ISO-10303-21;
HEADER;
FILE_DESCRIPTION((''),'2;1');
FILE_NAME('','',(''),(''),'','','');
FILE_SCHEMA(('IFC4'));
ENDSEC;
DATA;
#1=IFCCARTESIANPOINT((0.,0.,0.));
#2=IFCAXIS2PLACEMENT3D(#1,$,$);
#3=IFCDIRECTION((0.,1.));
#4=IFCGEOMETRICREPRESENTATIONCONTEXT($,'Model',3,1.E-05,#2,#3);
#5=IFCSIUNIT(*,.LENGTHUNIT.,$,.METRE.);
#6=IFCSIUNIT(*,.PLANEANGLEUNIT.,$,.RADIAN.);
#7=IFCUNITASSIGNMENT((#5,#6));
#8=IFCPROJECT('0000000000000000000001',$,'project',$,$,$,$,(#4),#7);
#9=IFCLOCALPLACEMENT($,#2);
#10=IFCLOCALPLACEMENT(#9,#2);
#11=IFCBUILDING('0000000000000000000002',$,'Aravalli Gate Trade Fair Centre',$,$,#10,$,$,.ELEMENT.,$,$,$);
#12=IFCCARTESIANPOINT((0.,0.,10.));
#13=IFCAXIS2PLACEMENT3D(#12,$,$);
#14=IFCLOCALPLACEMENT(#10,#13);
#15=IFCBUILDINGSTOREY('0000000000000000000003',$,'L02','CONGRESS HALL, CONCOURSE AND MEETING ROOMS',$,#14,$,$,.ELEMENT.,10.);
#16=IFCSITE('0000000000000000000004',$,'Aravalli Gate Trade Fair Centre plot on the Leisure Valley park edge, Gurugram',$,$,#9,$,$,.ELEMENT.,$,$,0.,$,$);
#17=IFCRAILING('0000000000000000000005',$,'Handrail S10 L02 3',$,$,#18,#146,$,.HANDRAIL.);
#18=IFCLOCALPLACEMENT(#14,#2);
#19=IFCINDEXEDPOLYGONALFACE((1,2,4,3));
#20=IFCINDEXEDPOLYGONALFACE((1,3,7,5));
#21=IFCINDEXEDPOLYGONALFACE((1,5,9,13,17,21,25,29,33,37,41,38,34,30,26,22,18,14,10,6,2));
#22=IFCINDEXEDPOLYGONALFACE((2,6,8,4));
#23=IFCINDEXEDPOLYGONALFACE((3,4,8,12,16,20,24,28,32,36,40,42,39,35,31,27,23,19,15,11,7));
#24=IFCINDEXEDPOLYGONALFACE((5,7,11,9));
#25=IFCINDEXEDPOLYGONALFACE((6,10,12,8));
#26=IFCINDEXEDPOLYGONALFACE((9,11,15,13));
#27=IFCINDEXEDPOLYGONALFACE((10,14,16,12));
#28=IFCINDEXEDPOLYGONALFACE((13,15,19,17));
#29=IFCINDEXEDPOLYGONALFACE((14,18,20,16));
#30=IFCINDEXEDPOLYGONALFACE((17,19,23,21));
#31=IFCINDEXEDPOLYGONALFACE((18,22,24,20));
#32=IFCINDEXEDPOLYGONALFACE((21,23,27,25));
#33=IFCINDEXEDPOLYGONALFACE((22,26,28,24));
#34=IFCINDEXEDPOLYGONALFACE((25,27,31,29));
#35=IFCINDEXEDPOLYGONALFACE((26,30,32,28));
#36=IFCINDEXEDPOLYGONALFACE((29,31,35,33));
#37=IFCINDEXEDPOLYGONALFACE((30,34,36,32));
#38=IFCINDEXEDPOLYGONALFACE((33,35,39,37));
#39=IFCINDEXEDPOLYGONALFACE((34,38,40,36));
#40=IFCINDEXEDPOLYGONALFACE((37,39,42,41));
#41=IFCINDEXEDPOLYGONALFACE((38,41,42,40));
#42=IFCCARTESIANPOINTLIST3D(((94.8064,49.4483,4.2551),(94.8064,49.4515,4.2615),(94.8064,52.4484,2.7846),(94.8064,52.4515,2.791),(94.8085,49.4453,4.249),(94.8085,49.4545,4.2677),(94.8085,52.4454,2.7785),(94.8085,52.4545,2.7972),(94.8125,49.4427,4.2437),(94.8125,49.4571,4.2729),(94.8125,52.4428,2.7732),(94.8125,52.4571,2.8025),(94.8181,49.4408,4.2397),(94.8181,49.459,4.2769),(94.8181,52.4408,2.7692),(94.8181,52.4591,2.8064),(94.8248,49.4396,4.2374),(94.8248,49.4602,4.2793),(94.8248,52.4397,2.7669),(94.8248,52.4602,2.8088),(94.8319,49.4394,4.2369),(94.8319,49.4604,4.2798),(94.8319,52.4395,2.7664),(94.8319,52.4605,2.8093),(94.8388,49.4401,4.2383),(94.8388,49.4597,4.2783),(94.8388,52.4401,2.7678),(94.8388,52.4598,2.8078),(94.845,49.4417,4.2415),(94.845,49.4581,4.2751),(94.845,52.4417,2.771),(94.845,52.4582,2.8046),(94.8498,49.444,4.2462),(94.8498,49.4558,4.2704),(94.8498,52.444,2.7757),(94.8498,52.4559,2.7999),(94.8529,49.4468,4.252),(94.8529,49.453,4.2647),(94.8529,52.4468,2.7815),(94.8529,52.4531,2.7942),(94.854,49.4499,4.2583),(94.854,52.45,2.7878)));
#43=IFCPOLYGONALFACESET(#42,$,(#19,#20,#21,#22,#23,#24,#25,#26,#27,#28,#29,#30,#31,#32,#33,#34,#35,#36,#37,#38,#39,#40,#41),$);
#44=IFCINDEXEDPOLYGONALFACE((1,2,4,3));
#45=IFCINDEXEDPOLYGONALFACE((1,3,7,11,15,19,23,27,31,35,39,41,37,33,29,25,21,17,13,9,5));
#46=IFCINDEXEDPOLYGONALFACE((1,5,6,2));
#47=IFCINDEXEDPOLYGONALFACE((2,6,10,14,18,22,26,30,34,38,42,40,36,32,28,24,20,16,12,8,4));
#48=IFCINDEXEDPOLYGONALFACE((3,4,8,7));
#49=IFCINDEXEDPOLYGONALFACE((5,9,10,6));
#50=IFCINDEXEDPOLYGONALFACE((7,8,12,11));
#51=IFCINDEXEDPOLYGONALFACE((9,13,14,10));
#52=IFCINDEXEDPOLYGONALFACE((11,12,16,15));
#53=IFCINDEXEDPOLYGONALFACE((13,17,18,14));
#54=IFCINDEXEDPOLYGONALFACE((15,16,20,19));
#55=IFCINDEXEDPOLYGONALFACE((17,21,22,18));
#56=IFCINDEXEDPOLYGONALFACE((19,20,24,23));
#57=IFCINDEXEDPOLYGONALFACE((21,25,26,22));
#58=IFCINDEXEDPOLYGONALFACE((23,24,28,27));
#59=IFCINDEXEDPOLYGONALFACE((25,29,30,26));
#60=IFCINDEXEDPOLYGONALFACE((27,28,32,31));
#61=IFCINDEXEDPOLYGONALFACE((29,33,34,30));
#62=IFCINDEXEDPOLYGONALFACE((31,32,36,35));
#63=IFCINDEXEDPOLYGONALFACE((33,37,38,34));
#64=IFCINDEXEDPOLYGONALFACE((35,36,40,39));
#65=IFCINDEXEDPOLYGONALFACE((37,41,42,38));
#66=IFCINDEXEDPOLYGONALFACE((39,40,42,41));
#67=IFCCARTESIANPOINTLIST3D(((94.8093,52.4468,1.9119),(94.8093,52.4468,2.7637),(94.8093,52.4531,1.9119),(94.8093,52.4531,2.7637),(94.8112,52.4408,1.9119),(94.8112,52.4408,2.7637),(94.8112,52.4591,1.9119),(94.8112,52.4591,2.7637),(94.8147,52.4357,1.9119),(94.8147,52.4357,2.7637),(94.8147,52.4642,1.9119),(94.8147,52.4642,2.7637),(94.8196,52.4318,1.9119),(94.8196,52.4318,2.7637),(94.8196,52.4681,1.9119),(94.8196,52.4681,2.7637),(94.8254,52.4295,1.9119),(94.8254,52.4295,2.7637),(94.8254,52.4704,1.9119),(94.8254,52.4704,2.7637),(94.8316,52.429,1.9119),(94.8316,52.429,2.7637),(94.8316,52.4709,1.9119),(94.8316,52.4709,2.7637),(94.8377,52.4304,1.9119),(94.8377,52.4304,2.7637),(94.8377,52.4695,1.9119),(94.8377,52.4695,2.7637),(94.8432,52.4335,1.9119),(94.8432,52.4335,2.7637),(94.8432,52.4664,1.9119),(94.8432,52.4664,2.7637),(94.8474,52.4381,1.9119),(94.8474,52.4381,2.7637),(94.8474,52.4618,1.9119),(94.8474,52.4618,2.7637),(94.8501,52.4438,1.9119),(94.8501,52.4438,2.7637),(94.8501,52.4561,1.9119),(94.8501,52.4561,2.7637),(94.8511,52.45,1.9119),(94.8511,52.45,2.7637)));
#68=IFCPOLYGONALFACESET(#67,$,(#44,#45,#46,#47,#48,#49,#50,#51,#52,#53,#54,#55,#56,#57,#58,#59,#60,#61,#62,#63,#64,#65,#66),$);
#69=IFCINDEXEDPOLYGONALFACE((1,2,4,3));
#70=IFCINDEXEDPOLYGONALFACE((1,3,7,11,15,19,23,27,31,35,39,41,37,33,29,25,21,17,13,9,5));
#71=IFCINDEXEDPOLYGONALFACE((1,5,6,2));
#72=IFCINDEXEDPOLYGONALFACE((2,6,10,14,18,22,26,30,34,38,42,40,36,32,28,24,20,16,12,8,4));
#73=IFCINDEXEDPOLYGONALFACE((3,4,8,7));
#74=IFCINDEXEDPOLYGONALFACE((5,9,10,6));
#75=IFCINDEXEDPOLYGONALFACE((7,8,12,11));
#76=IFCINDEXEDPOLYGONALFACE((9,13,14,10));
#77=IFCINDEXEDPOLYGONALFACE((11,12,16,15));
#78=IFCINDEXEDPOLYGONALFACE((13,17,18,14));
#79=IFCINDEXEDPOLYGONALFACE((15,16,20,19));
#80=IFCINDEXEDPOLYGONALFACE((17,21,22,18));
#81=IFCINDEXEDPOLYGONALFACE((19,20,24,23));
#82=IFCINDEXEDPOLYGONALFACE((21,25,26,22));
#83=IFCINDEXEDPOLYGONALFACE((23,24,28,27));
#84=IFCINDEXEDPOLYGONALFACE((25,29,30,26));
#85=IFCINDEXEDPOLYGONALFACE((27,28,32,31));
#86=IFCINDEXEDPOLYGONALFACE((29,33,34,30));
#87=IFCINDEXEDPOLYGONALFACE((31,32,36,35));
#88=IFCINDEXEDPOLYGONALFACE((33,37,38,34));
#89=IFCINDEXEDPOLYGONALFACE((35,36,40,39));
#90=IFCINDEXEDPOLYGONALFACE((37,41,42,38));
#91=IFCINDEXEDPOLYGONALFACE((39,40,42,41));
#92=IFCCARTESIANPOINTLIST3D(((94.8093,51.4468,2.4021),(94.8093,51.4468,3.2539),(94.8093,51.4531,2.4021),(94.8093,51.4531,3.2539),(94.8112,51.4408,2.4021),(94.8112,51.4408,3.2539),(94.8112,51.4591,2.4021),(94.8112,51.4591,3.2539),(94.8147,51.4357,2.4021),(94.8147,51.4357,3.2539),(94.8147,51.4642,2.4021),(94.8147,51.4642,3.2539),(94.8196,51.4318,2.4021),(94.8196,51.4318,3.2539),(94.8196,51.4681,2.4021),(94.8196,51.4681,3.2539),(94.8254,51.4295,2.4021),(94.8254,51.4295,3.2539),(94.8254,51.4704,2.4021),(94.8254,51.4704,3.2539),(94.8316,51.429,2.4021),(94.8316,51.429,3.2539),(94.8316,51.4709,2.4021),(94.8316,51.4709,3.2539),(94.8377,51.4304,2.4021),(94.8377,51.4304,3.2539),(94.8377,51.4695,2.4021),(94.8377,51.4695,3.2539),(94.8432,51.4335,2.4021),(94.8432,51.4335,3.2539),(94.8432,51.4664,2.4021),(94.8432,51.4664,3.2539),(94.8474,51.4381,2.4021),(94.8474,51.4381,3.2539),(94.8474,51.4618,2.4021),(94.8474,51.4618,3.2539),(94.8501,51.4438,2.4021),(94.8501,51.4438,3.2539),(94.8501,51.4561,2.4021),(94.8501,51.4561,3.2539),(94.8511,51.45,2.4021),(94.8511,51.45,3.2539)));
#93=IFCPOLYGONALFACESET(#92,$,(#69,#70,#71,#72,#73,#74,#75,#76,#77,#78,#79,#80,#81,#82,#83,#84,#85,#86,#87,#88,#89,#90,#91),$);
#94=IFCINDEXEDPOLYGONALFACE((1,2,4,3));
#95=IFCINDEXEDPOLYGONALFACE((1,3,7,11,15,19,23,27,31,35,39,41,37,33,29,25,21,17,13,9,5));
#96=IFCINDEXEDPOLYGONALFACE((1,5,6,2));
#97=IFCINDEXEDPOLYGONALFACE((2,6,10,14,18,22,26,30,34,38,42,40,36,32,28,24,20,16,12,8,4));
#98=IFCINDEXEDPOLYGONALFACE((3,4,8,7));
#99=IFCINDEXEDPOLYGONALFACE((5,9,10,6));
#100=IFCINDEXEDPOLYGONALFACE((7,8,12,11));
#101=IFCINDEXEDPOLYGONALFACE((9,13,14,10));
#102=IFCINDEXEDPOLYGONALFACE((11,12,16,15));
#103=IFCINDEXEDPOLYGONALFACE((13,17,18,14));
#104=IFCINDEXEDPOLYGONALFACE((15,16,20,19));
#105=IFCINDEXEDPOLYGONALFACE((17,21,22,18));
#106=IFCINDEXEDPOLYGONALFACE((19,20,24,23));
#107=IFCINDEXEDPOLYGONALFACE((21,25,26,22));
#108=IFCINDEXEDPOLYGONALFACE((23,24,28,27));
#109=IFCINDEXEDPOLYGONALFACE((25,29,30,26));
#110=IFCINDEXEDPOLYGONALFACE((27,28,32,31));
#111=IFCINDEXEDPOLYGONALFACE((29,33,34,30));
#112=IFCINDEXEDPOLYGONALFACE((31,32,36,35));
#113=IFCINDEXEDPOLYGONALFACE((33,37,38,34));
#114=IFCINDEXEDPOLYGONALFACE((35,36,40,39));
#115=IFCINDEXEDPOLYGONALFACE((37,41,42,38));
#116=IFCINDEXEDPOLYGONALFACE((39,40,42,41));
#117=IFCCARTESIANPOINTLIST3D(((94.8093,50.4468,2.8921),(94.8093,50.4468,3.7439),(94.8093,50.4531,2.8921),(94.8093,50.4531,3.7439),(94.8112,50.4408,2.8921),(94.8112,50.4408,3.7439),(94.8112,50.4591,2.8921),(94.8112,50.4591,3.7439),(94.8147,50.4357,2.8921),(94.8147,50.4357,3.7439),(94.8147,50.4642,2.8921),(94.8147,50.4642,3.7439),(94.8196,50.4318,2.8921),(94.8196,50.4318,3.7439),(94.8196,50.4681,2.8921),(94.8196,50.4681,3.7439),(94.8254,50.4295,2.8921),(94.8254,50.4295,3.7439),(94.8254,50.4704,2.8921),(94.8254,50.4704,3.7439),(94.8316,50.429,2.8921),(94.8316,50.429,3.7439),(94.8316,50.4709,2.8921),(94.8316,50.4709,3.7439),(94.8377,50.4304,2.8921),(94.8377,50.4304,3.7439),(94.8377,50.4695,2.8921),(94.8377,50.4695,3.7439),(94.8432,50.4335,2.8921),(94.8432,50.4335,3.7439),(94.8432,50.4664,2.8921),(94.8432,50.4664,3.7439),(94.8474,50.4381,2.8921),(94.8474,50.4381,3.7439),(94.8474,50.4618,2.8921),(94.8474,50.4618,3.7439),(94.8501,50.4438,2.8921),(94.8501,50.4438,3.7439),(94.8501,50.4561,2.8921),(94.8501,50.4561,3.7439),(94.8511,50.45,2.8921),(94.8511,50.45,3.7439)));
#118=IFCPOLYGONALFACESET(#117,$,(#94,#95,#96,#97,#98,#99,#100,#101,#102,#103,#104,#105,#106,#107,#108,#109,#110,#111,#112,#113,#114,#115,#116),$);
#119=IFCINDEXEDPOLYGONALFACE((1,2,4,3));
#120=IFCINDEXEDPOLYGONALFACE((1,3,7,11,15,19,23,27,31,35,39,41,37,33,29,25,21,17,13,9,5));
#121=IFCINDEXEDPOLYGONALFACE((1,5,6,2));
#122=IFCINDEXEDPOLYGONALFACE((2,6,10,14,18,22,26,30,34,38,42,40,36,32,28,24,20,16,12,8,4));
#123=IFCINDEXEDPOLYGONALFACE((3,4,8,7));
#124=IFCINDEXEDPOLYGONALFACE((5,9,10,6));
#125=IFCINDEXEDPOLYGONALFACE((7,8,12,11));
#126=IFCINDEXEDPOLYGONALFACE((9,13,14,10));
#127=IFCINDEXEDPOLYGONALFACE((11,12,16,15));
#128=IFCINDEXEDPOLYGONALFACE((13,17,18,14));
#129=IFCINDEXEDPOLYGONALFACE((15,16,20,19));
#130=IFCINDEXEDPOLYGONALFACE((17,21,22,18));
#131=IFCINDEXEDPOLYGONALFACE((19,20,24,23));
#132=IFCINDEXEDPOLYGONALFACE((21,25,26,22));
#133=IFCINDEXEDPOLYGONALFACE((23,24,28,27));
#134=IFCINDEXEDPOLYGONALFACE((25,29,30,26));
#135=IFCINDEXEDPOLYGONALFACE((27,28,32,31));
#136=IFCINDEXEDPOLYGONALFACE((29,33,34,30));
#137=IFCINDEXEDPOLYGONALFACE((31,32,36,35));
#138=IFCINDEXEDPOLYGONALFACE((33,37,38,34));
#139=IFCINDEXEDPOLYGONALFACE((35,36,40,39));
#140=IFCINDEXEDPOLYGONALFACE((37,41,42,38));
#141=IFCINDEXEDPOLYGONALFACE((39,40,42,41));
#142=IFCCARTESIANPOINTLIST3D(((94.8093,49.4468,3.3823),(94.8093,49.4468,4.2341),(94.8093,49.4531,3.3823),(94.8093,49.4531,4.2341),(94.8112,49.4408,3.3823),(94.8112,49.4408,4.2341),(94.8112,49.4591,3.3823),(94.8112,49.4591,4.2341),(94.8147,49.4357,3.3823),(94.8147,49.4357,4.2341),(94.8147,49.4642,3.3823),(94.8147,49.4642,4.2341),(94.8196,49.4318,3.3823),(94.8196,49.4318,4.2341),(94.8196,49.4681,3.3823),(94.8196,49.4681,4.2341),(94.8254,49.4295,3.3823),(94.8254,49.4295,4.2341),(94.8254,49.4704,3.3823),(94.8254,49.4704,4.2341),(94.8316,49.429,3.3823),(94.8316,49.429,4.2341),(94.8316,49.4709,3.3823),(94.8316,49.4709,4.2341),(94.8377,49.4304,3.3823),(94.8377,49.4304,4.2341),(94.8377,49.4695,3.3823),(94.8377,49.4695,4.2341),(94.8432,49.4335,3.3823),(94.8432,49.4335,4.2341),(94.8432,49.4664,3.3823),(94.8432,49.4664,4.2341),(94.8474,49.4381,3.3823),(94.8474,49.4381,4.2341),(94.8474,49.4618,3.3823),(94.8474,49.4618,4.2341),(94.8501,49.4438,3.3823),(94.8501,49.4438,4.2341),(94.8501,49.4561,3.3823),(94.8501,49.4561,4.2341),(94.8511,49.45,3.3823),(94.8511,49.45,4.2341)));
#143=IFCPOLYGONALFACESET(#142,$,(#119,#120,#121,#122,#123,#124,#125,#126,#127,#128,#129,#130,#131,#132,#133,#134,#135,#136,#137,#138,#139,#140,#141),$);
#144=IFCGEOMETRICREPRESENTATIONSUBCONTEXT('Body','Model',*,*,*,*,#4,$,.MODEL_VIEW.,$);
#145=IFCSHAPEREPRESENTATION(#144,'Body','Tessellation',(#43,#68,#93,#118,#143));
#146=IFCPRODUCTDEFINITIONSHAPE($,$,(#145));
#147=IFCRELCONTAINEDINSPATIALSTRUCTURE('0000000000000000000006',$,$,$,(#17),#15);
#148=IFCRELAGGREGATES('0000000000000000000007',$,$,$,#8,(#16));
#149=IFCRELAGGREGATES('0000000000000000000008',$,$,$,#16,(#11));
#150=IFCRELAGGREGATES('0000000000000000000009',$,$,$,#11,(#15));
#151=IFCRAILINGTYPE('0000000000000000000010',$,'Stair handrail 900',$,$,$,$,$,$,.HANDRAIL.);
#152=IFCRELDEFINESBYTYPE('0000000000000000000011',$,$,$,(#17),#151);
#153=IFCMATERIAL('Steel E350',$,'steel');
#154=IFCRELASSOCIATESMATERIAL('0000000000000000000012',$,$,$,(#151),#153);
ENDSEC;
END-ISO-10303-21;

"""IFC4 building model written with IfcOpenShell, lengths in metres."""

from ifc_helpers import new_model, si_unit, direction, frame, origin, origin_2d, place, context, subcontext, project, spatial, circle, extrude, material, type_object, element, save


model = new_model("IFC4")

# Units and contexts
model_context = context("Model", 3, precision=1e-05, world=origin(), true_north=direction((0.0, 1.0)))
body_context = subcontext(model_context, "Body", "Model", "MODEL_VIEW")
ifc_project = project(units=[si_unit("LENGTHUNIT", "METRE"), si_unit("PLANEANGLEUNIT", "RADIAN")], contexts=[model_context])

# Site, building, storey
site_placement = place(None, origin())
site = spatial("IfcSite", under=ifc_project, at=site_placement, Name="Aravalli Gate Trade Fair Centre plot on the Leisure Valley park edge, Gurugram", CompositionType="ELEMENT", RefElevation=0.0)
building_placement = place(site_placement, origin())
building = spatial("IfcBuilding", under=site, at=building_placement, Name="Aravalli Gate Trade Fair Centre", CompositionType="ELEMENT")
storey_placement = place(building_placement, frame((0.0, 0.0, 10.0)))
storey = spatial("IfcBuildingStorey", under=building, at=storey_placement, Name="L02", Description="CONGRESS HALL, CONCOURSE AND MEETING ROOMS", CompositionType="ELEMENT", Elevation=10.0)

# Shared definitions
ifc_material_1 = material(Name="Steel E350", Category="steel")

# Railing
railing_type_1 = type_object("IfcRailingType", Name="Stair handrail 900", PredefinedType="HANDRAIL", material=ifc_material_1)
for number, where, name in (
    (1, (94.8301, 52.45, 1.9119), "Handrail S10 L02 3"),
):
    element("IfcRailing", number, at=place(storey_placement, frame(where)), inside=storey, type_object=railing_type_1, Name=name, PredefinedType="HANDRAIL", context=body_context, shape_type="SweptSolid", body=[
        extrude(circle(Radius=0.0239, at=origin_2d()), frame((0.0, 0.0, 0.876), z_axis=(0.0, -0.897936, 0.440126), x_axis=(1.0, 0.0, 0.0)), (0.0, 0.0, 1.0), 3.3411),
        extrude(circle(Radius=0.021, at=origin_2d()), origin(), (0.0, 0.0, 1.0), 0.8518),
        extrude(circle(Radius=0.021, at=origin_2d()), frame((0.0, -1.0, 0.4902)), (0.0, 0.0, 1.0), 0.8518),
        extrude(circle(Radius=0.021, at=origin_2d()), frame((0.0, -2.0, 0.9802)), (0.0, 0.0, 1.0), 0.8518),
        extrude(circle(Radius=0.021, at=origin_2d()), frame((0.0, -3.0, 1.4705)), (0.0, 0.0, 1.0), 0.8518),
    ])

save(model, "model.ifc")
